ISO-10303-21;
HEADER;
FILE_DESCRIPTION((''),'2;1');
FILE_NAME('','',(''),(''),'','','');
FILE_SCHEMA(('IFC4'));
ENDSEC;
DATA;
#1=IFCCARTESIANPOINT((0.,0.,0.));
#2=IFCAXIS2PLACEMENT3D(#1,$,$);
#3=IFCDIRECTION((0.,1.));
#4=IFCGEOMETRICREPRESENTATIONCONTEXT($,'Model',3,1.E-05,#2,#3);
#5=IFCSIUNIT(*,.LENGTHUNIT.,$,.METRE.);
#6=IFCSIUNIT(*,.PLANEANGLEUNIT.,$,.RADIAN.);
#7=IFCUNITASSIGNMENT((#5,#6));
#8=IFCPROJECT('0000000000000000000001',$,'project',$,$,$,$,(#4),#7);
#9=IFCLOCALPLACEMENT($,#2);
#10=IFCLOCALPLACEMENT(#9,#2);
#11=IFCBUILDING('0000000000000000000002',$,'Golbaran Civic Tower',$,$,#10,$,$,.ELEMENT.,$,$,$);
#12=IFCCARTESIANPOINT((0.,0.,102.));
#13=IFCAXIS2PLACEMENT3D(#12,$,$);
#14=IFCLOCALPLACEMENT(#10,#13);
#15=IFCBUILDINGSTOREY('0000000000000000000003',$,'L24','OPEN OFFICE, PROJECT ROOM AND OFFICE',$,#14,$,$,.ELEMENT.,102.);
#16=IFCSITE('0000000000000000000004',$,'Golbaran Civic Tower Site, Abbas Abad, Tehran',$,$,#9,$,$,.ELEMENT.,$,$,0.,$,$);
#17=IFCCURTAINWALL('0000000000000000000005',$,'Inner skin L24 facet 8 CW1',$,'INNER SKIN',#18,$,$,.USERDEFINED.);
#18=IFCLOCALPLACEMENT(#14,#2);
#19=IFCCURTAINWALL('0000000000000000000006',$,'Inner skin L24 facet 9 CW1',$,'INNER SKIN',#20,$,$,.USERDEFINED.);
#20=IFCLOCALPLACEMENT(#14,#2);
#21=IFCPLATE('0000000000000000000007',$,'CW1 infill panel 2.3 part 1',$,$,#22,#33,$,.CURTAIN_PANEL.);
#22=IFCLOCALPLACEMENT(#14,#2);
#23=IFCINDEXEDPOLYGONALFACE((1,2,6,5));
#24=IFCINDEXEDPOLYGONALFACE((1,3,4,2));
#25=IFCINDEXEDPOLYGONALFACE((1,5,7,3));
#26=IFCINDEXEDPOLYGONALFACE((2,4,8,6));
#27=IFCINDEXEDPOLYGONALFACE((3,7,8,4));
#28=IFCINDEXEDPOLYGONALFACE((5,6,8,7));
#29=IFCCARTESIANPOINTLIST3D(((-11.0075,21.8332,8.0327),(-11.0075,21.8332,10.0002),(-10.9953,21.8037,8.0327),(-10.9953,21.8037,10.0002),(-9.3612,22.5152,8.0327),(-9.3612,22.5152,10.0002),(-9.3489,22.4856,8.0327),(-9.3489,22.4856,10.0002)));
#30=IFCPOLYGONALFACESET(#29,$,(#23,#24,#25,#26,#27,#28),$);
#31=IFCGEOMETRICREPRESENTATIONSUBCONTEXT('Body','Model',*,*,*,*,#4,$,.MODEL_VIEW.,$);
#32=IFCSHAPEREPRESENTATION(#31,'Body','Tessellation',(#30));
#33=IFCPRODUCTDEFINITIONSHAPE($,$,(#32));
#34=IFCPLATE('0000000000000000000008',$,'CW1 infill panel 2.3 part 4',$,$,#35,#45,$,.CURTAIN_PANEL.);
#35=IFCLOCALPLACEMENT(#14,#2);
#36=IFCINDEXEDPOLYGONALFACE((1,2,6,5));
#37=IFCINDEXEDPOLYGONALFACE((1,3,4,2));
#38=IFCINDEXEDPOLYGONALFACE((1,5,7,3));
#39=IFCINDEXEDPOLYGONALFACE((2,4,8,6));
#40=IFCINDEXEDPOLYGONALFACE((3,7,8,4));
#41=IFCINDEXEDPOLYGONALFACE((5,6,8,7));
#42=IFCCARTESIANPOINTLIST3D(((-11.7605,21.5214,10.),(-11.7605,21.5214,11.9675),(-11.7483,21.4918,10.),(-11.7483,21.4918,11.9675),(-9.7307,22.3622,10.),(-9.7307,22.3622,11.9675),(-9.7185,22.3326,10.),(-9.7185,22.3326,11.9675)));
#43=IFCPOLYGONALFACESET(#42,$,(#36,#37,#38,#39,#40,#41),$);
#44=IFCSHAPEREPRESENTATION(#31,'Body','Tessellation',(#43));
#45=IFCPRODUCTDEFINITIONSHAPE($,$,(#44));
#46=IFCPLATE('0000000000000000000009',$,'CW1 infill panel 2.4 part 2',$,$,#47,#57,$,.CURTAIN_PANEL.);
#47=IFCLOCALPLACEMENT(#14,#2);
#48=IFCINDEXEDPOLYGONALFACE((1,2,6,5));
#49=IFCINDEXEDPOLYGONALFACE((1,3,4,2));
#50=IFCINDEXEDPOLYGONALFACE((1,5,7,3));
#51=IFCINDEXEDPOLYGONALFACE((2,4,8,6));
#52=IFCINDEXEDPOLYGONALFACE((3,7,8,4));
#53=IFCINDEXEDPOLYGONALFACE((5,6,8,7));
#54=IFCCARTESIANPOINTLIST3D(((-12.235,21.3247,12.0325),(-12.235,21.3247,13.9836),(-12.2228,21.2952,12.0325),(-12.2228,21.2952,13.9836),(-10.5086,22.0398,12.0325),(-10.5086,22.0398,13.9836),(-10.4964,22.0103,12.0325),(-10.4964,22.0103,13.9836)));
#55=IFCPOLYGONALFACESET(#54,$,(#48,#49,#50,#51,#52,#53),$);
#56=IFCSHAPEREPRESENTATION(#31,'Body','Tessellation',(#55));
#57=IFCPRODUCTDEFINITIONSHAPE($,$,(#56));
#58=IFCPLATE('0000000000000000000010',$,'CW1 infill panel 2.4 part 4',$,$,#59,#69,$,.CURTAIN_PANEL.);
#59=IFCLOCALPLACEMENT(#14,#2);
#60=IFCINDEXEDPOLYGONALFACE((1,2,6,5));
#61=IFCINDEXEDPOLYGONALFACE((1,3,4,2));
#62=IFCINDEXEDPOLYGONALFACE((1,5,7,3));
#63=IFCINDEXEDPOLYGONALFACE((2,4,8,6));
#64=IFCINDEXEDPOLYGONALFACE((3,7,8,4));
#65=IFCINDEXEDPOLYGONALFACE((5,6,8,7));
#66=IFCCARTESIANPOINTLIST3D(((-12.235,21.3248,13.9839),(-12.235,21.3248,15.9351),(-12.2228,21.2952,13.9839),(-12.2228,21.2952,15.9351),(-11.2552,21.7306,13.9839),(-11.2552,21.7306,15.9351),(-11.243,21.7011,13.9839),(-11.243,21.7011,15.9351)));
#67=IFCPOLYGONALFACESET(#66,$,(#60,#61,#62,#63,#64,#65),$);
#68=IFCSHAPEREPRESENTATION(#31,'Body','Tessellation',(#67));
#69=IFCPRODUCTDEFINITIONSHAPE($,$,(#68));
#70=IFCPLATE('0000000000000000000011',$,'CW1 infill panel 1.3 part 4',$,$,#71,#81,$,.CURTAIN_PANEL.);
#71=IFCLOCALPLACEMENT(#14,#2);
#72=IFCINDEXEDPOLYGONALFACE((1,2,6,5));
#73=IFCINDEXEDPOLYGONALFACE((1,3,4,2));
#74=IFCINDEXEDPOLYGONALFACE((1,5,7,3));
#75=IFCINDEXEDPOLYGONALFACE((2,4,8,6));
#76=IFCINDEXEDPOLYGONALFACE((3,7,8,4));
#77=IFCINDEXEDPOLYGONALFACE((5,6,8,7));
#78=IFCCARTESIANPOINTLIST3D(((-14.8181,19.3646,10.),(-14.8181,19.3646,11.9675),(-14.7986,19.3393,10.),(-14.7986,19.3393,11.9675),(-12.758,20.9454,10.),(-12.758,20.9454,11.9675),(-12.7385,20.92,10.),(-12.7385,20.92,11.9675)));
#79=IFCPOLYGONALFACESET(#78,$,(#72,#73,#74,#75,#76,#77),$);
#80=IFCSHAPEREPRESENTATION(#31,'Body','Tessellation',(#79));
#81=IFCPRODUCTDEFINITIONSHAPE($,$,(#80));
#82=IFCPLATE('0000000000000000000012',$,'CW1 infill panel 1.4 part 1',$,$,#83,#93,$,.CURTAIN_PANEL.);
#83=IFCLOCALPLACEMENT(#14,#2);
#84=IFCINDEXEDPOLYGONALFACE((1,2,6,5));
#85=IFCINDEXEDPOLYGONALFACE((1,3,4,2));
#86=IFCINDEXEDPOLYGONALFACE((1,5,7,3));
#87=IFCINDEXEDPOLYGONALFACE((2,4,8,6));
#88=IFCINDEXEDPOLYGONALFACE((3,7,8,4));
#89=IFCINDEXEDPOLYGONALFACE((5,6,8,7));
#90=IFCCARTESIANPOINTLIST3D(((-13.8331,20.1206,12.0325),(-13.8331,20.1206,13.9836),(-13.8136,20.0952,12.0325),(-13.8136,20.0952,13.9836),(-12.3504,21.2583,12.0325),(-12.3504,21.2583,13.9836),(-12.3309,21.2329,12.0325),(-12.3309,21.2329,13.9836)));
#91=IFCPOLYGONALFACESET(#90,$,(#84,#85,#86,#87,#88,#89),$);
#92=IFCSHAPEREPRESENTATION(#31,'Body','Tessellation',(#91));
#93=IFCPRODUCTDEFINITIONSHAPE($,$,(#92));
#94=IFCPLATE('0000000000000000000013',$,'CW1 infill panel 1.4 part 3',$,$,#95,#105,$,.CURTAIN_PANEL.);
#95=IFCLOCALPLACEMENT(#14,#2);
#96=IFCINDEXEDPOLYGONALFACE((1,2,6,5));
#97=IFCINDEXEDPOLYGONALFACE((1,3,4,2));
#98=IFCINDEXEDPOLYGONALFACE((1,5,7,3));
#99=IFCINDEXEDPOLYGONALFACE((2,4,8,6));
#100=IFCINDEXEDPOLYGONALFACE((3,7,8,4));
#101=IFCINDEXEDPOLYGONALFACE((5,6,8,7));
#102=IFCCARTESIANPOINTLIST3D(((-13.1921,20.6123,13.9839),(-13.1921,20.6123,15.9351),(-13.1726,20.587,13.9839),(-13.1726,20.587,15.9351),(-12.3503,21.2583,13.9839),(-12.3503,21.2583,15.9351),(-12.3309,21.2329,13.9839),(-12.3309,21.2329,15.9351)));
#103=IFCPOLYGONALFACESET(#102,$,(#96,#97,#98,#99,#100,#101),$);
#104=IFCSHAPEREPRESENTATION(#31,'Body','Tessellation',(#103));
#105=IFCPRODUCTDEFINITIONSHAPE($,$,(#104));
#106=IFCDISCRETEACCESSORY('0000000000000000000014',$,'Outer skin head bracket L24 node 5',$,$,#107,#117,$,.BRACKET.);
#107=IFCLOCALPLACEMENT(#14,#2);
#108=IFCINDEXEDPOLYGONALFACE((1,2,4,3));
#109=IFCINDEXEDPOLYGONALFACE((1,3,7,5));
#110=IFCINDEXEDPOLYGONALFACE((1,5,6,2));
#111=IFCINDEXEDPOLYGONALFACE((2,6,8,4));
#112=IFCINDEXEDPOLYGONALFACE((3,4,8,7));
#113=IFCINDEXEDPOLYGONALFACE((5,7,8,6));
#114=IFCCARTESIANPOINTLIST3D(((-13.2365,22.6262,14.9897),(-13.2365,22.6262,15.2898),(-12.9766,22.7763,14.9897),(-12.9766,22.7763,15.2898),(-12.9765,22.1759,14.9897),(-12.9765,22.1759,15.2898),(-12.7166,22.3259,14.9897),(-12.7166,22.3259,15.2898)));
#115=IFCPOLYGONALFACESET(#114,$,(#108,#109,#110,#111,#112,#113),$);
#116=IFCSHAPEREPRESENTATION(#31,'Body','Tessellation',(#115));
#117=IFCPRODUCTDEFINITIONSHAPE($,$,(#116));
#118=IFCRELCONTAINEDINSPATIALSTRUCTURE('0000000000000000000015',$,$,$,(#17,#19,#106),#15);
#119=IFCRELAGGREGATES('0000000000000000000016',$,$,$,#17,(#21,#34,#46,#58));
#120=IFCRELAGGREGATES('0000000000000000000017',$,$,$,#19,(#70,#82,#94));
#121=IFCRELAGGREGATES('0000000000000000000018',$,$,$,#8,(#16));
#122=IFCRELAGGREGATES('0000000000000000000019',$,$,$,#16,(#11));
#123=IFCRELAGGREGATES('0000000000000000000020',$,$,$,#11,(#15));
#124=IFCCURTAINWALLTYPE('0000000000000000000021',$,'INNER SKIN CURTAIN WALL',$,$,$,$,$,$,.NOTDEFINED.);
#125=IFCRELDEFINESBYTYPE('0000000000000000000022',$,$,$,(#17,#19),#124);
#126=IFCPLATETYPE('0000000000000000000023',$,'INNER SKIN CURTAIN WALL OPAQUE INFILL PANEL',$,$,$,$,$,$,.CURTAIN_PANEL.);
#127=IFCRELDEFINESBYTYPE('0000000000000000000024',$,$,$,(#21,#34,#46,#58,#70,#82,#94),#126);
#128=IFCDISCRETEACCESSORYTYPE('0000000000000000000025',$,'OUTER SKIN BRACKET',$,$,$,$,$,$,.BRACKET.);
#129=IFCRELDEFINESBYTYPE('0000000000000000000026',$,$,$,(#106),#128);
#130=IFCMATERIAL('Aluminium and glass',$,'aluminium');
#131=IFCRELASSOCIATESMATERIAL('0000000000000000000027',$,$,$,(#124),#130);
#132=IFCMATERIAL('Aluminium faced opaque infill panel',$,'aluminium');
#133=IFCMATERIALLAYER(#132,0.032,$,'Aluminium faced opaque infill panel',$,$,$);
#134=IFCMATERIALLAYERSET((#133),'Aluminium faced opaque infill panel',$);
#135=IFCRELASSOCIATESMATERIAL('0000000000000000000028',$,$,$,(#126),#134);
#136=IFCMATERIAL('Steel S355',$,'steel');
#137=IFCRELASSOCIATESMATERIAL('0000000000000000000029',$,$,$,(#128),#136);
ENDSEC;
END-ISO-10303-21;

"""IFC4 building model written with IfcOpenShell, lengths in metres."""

from ifc_helpers import new_model, si_unit, direction, frame, origin, origin_2d, place, context, subcontext, project, spatial, rectangle, extrude, material, layer, layer_set, type_object, element, aggregate, save


model = new_model("IFC4")

# Units and contexts
model_context = context("Model", 3, precision=1e-05, world=origin(), true_north=direction((0.0, 1.0)))
body_context = subcontext(model_context, "Body", "Model", "MODEL_VIEW")
ifc_project = project(units=[si_unit("LENGTHUNIT", "METRE"), si_unit("PLANEANGLEUNIT", "RADIAN")], contexts=[model_context])

# Site, building, storey
site_placement = place(None, origin())
site = spatial("IfcSite", under=ifc_project, at=site_placement, Name="Golbaran Civic Tower Site, Abbas Abad, Tehran", CompositionType="ELEMENT", RefElevation=0.0)
building_placement = place(site_placement, origin())
building = spatial("IfcBuilding", under=site, at=building_placement, Name="Golbaran Civic Tower", CompositionType="ELEMENT")
storey_placement = place(building_placement, frame((0.0, 0.0, 102.0)))
storey = spatial("IfcBuildingStorey", under=building, at=storey_placement, Name="L24", Description="OPEN OFFICE, PROJECT ROOM AND OFFICE", CompositionType="ELEMENT", Elevation=102.0)

# Curtain walls
ifc_material_1 = material(Name="Aluminium and glass", Category="aluminium")
curtain_wall_type = type_object("IfcCurtainWallType", Name="INNER SKIN CURTAIN WALL", PredefinedType="NOTDEFINED", material=ifc_material_1)
curtain_wall_1_placement = place(storey_placement, origin())
curtain_wall_1 = element("IfcCurtainWall", 1, at=curtain_wall_1_placement, inside=storey, type_object=curtain_wall_type, Name="Inner skin L24 facet 8 CW1", ObjectType="INNER SKIN", PredefinedType="USERDEFINED")
curtain_wall_2_placement = place(storey_placement, origin())
curtain_wall_2 = element("IfcCurtainWall", 2, at=curtain_wall_2_placement, inside=storey, type_object=curtain_wall_type, Name="Inner skin L24 facet 9 CW1", ObjectType="INNER SKIN", PredefinedType="USERDEFINED")

# Plates
ifc_material_2 = material(Name="Aluminium faced opaque infill panel", Category="aluminium")
ifc_layer_1 = layer(ifc_material_2, 0.032, Name="Aluminium faced opaque infill panel")
ifc_layer_set_1 = layer_set([ifc_layer_1], Name="Aluminium faced opaque infill panel")
plate_type_1 = type_object("IfcPlateType", Name="INNER SKIN CURTAIN WALL OPAQUE INFILL PANEL", PredefinedType="CURTAIN_PANEL", material=ifc_layer_set_1)
plate_1_placement = place(storey_placement, frame((-10.1782, 22.1594, 8.0327), z_axis=(0.0, 0.0, 1.0), x_axis=(-0.92388, -0.382683, 0.0)))
plate_1 = element("IfcPlate", 3, at=plate_1_placement, type_object=plate_type_1, Name="CW1 infill panel 2.3 part 1", PredefinedType="CURTAIN_PANEL", context=body_context, shape_type="SweptSolid", body=[
    extrude(rectangle(XDim=1.782, YDim=0.032, at=origin_2d()), origin(), (0.0, 0.0, 1.0), 1.9675),
])
plate_2_placement = place(storey_placement, frame((-10.7395, 21.927, 10.0), z_axis=(0.0, 0.0, 1.0), x_axis=(-0.92388, -0.382683, 0.0)))
plate_2 = element("IfcPlate", 4, at=plate_2_placement, type_object=plate_type_1, Name="CW1 infill panel 2.3 part 4", PredefinedType="CURTAIN_PANEL", context=body_context, shape_type="SweptSolid", body=[
    extrude(rectangle(XDim=2.197, YDim=0.032, at=origin_2d()), origin(), (0.0, 0.0, 1.0), 1.9675),
])
plate_3_placement = place(storey_placement, frame((-11.3657, 21.6675, 12.0325), z_axis=(0.0, 0.0, 1.0), x_axis=(-0.92388, -0.382683, 0.0)))
plate_3 = element("IfcPlate", 5, at=plate_3_placement, type_object=plate_type_1, Name="CW1 infill panel 2.4 part 2", PredefinedType="CURTAIN_PANEL", context=body_context, shape_type="SweptSolid", body=[
    extrude(rectangle(XDim=1.8687, YDim=0.032, at=origin_2d()), origin(), (0.0, 0.0, 1.0), 1.9512),
])
plate_4_placement = place(storey_placement, frame((-11.739, 21.5129, 13.9839), z_axis=(0.0, 0.0, 1.0), x_axis=(-0.92388, -0.382683, 0.0)))
plate_4 = element("IfcPlate", 6, at=plate_4_placement, type_object=plate_type_1, Name="CW1 infill panel 2.4 part 4", PredefinedType="CURTAIN_PANEL", context=body_context, shape_type="SweptSolid", body=[
    extrude(rectangle(XDim=1.0605, YDim=0.032, at=origin_2d()), origin(), (0.0, 0.0, 1.0), 1.9512),
])
aggregate(curtain_wall_1, [plate_1, plate_2, plate_3, plate_4])
plate_5_placement = place(storey_placement, frame((-13.7783, 20.1423, 10.0), z_axis=(0.0, 0.0, 1.0), x_axis=(-0.793353, -0.608761, 0.0)))
plate_5 = element("IfcPlate", 7, at=plate_5_placement, type_object=plate_type_1, Name="CW1 infill panel 1.3 part 4", PredefinedType="CURTAIN_PANEL", context=body_context, shape_type="SweptSolid", body=[
    extrude(rectangle(XDim=2.5967, YDim=0.032, at=origin_2d()), origin(), (0.0, 0.0, 1.0), 1.9675),
])
plate_6_placement = place(storey_placement, frame((-13.082, 20.6768, 12.0325), z_axis=(0.0, 0.0, 1.0), x_axis=(-0.793353, -0.608761, 0.0)))
plate_6 = element("IfcPlate", 8, at=plate_6_placement, type_object=plate_type_1, Name="CW1 infill panel 1.4 part 1", PredefinedType="CURTAIN_PANEL", context=body_context, shape_type="SweptSolid", body=[
    extrude(rectangle(XDim=1.8689, YDim=0.032, at=origin_2d()), origin(), (0.0, 0.0, 1.0), 1.9512),
])
plate_7_placement = place(storey_placement, frame((-12.7615, 20.9226, 13.9839), z_axis=(0.0, 0.0, 1.0), x_axis=(-0.793353, -0.608761, 0.0)))
plate_7 = element("IfcPlate", 9, at=plate_7_placement, type_object=plate_type_1, Name="CW1 infill panel 1.4 part 3", PredefinedType="CURTAIN_PANEL", context=body_context, shape_type="SweptSolid", body=[
    extrude(rectangle(XDim=1.061, YDim=0.032, at=origin_2d()), origin(), (0.0, 0.0, 1.0), 1.9512),
])
aggregate(curtain_wall_2, [plate_5, plate_6, plate_7])

# Discrete accessory
ifc_material_3 = material(Name="Steel S355", Category="steel")
discrete_accessory_type = type_object("IfcDiscreteAccessoryType", Name="OUTER SKIN BRACKET", PredefinedType="BRACKET", material=ifc_material_3)
discrete_accessory_placement = place(storey_placement, frame((-12.9766, 22.4761, 14.9897), z_axis=(0.0, 0.0, 1.0), x_axis=(-0.5, 0.866025, 0.0)))
element("IfcDiscreteAccessory", 10, at=discrete_accessory_placement, inside=storey, type_object=discrete_accessory_type, Name="Outer skin head bracket L24 node 5", PredefinedType="BRACKET", context=body_context, shape_type="SweptSolid", body=[
    extrude(rectangle(XDim=0.52, YDim=0.3, at=origin_2d()), origin(), (0.0, 0.0, 1.0), 0.3),
])

save(model, "model.ifc")
